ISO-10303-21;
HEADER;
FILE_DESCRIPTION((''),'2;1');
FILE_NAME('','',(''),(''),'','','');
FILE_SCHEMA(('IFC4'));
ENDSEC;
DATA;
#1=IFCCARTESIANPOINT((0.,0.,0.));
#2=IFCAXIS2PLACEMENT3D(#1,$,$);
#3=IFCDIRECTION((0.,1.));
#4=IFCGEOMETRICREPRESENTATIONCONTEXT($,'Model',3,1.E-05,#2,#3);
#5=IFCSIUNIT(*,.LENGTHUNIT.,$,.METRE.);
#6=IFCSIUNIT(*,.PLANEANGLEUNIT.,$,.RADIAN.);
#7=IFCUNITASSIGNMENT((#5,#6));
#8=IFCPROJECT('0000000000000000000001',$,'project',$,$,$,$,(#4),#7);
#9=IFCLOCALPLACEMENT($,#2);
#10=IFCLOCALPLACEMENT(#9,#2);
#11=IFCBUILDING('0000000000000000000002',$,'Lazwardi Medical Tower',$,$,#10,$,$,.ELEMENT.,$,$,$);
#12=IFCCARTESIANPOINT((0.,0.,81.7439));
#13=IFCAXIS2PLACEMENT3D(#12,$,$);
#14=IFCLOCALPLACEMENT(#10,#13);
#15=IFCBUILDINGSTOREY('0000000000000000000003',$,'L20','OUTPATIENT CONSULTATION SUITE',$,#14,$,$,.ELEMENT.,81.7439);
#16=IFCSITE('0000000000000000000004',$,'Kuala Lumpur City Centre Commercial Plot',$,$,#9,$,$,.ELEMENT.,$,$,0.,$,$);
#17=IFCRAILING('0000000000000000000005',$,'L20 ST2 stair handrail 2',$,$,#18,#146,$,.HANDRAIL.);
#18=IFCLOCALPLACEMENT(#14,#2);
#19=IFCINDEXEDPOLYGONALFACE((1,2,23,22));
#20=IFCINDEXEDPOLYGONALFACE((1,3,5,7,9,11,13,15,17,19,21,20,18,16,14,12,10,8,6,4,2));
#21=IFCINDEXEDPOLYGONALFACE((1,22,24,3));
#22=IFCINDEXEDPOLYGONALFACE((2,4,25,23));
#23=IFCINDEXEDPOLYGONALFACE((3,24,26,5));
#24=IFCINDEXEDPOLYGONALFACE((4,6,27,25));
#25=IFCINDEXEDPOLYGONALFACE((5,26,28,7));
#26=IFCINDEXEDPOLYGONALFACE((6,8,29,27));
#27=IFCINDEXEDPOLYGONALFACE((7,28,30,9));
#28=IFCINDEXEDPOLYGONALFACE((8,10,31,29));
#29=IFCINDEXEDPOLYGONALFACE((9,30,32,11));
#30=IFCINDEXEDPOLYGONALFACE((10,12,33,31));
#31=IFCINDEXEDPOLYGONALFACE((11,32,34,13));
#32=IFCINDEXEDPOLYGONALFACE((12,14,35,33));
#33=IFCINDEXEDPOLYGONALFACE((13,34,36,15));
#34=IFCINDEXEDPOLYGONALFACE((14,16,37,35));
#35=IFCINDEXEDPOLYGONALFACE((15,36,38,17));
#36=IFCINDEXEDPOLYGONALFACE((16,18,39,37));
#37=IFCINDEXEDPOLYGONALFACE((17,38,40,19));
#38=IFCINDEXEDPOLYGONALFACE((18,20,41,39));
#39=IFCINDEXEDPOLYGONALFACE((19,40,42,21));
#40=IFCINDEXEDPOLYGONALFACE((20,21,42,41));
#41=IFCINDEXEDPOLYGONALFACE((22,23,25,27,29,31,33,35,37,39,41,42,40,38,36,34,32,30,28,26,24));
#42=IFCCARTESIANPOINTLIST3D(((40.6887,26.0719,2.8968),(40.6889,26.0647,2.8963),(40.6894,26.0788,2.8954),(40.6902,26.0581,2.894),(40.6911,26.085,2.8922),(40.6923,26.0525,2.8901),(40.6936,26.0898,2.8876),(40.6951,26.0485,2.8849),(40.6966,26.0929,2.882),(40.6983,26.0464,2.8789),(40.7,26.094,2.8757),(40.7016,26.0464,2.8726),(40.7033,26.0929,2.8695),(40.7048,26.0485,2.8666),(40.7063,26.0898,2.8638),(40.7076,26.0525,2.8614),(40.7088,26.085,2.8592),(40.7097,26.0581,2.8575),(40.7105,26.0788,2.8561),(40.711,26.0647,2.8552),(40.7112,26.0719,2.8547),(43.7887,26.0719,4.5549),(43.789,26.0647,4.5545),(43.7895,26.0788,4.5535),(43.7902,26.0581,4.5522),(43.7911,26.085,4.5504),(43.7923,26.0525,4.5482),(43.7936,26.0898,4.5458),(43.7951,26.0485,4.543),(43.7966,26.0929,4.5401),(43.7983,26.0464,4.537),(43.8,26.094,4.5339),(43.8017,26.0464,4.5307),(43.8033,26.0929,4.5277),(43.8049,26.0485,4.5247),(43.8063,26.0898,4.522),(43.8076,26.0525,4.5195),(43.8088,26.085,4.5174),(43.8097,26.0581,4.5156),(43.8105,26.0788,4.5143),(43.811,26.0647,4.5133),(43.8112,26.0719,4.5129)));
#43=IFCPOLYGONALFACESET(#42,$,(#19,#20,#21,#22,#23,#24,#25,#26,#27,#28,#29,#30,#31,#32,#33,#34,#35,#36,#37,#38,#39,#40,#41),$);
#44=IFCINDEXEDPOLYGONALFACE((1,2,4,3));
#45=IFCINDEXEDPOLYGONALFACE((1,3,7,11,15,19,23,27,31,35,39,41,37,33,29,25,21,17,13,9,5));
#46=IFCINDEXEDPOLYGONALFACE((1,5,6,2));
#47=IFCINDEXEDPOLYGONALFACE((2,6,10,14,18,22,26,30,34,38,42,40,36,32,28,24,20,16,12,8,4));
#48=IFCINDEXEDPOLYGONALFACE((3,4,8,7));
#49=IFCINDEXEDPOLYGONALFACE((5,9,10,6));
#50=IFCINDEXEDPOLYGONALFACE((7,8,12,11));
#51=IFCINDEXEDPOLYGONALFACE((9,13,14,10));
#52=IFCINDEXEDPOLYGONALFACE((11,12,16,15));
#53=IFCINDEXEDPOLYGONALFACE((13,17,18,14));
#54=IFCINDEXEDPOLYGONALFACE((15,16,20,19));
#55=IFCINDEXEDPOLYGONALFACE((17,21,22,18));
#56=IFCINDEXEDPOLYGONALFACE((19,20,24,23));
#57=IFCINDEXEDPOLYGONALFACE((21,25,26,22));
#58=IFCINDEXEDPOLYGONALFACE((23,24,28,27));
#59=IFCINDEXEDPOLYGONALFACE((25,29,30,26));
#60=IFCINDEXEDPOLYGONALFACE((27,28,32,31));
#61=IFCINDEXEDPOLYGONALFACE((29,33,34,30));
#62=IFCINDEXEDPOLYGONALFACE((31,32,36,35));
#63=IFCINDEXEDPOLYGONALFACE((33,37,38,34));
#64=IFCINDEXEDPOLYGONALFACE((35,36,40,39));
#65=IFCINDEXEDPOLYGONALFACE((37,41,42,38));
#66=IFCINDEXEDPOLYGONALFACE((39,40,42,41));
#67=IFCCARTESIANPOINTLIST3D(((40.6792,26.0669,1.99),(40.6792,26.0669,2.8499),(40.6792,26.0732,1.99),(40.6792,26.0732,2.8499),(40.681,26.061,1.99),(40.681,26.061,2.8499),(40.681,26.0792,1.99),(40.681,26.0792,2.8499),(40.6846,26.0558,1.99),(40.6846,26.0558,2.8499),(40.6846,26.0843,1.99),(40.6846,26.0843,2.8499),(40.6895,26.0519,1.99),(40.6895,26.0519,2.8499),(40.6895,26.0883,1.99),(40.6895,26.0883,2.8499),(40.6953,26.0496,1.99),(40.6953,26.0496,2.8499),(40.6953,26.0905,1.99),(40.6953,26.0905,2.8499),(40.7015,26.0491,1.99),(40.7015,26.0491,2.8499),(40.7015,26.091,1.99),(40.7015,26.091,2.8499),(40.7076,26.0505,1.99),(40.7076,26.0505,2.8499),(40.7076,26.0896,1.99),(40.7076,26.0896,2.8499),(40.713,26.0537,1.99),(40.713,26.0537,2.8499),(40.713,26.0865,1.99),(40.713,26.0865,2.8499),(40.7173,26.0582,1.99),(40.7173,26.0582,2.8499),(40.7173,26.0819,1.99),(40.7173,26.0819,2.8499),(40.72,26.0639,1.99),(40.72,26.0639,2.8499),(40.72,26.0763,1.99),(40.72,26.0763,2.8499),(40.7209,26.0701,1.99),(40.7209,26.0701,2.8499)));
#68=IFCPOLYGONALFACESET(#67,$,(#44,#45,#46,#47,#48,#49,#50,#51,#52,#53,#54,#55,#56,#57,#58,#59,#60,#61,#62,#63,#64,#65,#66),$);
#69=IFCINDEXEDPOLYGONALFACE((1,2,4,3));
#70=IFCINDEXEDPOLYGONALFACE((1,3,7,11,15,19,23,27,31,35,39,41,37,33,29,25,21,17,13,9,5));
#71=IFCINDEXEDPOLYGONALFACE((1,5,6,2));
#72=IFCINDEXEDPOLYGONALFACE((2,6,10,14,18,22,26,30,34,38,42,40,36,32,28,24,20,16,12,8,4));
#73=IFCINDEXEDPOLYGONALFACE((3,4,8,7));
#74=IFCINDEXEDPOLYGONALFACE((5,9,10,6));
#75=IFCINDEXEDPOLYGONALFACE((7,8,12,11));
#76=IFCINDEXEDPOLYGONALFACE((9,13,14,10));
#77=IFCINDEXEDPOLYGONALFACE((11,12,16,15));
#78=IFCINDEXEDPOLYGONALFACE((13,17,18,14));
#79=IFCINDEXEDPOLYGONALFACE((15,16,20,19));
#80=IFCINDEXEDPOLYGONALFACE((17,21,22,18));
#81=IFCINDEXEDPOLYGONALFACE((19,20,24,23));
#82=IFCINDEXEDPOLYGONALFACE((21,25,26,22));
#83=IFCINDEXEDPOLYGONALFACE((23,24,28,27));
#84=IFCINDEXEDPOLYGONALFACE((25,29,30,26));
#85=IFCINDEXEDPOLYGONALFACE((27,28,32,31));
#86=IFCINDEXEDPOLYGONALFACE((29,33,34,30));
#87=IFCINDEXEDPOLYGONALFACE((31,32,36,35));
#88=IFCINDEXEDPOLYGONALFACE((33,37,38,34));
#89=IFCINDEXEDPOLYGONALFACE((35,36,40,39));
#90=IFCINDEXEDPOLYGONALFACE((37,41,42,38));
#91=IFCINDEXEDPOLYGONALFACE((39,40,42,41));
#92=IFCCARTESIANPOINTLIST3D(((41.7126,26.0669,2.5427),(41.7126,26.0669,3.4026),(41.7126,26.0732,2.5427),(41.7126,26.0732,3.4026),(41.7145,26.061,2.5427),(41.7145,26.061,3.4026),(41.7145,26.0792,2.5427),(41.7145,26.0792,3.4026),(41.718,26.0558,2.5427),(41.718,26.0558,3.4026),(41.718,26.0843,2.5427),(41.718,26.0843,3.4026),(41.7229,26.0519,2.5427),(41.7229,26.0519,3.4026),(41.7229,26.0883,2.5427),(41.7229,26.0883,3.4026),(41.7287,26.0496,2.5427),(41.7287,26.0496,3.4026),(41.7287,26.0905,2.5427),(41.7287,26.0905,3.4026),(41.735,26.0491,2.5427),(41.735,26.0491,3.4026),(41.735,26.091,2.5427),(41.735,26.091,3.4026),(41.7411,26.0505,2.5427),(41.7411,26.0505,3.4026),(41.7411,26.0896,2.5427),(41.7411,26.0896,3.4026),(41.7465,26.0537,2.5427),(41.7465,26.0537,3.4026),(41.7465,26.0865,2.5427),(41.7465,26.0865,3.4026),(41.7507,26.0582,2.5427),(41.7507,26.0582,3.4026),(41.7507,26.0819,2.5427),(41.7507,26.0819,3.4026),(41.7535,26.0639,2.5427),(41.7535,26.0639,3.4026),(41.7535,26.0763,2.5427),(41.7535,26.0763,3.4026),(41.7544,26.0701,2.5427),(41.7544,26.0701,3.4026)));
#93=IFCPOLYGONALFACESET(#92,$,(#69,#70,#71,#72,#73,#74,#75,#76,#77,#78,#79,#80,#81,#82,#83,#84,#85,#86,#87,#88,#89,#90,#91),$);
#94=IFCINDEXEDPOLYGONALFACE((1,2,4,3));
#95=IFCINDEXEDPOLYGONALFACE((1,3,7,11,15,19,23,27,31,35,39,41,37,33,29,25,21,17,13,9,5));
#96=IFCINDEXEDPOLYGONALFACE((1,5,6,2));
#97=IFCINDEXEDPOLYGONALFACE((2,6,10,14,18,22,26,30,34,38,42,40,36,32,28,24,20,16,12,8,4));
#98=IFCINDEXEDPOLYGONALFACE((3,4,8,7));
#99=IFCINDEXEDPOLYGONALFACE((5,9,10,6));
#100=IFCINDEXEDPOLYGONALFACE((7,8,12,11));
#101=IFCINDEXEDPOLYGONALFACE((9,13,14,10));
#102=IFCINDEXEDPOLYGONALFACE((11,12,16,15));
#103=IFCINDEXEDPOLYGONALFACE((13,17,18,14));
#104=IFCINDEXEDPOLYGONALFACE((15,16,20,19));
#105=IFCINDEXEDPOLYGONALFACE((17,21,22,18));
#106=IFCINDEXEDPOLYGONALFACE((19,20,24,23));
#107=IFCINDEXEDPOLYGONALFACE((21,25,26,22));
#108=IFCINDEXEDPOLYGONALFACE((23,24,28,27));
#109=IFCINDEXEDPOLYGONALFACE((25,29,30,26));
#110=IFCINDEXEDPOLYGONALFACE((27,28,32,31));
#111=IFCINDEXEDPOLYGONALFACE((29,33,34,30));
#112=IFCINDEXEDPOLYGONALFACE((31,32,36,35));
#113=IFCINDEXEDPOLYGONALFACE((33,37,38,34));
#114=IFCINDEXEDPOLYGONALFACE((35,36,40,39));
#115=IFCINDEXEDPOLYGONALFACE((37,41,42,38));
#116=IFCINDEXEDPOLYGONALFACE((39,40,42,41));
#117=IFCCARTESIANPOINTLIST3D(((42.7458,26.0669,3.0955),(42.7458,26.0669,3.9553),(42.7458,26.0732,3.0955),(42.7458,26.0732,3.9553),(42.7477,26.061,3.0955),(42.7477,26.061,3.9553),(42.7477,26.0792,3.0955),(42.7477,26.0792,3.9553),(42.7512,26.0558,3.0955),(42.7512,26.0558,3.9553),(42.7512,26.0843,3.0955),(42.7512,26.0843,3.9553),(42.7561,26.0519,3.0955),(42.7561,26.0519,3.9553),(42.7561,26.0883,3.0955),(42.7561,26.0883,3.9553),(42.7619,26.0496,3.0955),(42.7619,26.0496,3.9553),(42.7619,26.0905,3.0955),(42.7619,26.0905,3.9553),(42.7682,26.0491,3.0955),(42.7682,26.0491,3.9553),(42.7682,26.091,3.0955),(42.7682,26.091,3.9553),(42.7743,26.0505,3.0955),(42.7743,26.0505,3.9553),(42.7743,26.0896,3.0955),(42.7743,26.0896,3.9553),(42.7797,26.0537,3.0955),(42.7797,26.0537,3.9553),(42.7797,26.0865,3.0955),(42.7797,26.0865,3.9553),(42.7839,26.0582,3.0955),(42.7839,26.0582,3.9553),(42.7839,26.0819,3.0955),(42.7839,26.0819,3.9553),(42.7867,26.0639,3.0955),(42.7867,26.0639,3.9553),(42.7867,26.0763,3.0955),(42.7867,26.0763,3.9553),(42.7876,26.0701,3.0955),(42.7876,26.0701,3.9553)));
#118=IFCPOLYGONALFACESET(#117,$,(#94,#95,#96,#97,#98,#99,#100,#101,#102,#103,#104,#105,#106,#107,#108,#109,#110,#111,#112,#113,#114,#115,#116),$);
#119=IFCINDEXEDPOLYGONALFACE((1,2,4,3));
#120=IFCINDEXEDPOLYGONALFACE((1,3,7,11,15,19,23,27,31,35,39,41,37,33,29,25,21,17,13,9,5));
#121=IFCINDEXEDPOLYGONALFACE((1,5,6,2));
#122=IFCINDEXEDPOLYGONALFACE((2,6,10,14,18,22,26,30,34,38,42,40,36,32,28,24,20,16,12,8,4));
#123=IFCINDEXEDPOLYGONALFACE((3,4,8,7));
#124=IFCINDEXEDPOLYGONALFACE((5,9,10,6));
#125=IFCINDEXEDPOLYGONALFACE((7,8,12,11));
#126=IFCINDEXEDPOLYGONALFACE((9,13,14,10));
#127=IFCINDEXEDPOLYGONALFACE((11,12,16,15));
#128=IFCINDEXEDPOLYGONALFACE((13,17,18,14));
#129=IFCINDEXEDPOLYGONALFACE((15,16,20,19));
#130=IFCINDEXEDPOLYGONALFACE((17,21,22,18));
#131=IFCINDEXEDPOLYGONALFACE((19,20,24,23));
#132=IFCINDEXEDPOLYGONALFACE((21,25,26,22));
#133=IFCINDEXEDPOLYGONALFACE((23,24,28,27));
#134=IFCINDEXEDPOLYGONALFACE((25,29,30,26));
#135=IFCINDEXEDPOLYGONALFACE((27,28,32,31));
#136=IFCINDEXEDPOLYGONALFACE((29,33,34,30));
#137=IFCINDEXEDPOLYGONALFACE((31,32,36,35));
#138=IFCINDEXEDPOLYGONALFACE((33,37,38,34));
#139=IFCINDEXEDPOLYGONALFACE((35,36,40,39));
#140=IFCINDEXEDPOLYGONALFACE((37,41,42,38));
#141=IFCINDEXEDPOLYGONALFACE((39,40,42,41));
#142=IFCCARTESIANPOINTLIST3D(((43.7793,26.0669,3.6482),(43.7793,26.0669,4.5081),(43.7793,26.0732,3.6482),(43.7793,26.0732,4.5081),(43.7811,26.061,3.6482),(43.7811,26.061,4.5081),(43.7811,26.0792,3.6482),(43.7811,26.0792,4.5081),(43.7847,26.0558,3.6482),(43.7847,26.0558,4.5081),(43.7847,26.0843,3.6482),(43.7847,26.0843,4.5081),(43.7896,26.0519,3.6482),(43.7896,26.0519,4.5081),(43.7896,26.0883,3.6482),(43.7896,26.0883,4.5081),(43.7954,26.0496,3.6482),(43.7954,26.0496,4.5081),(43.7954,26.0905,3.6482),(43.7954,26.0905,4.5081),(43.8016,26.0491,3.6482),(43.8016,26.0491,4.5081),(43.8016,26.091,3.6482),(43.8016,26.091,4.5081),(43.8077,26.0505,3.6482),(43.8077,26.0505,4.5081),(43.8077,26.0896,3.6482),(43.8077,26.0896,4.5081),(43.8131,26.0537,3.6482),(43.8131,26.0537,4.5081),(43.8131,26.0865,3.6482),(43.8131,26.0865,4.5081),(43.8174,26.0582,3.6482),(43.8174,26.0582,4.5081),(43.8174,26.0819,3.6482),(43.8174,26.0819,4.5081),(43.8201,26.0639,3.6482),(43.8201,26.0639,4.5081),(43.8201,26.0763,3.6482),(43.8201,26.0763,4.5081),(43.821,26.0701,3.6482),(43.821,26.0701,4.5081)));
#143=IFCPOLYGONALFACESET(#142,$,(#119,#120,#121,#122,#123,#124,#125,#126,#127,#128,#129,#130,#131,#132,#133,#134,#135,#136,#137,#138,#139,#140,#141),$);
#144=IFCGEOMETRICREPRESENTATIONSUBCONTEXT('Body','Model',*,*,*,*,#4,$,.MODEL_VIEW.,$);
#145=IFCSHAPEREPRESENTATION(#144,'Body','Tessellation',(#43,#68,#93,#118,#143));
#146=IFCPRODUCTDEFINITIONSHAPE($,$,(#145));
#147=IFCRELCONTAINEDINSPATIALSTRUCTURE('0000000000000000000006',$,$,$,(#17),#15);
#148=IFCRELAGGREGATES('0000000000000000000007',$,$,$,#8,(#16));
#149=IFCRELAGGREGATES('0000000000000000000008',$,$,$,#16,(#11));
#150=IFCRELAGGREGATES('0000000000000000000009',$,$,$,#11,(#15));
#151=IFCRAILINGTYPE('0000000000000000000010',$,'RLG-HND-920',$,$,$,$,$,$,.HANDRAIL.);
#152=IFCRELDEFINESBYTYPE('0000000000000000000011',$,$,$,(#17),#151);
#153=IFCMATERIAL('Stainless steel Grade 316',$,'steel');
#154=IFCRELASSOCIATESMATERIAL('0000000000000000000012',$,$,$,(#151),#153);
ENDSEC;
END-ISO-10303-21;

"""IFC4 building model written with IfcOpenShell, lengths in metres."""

from ifc_helpers import new_model, si_unit, direction, frame, origin, origin_2d, place, context, subcontext, project, spatial, circle, extrude, material, type_object, element, save


model = new_model("IFC4")

# Units and contexts
model_context = context("Model", 3, precision=1e-05, world=origin(), true_north=direction((0.0, 1.0)))
body_context = subcontext(model_context, "Body", "Model", "MODEL_VIEW")
ifc_project = project(units=[si_unit("LENGTHUNIT", "METRE"), si_unit("PLANEANGLEUNIT", "RADIAN")], contexts=[model_context])

# Site, building, storey
site_placement = place(None, origin())
site = spatial("IfcSite", under=ifc_project, at=site_placement, Name="Kuala Lumpur City Centre Commercial Plot", CompositionType="ELEMENT", RefElevation=0.0)
building_placement = place(site_placement, origin())
building = spatial("IfcBuilding", under=site, at=building_placement, Name="Lazwardi Medical Tower", CompositionType="ELEMENT")
storey_placement = place(building_placement, frame((0.0, 0.0, 81.7439)))
storey = spatial("IfcBuildingStorey", under=building, at=storey_placement, Name="L20", Description="OUTPATIENT CONSULTATION SUITE", CompositionType="ELEMENT", Elevation=81.7439)

# Railing
ifc_material_1 = material(Name="Stainless steel Grade 316", Category="steel")
railing_type_1 = type_object("IfcRailingType", Name="RLG-HND-920", PredefinedType="HANDRAIL", material=ifc_material_1)
railing_1_placement = place(storey_placement, frame((40.7, 26.0701, 1.99)))
element("IfcRailing", 1, at=railing_1_placement, inside=storey, type_object=railing_type_1, Name="L20 ST2 stair handrail 2", PredefinedType="HANDRAIL", context=body_context, shape_type="SweptSolid", body=[
    extrude(circle(Radius=0.0239, at=origin_2d()), frame((0.0, 0.0, 0.8857), z_axis=(0.881783, 0.0, 0.471655), x_axis=(0.0, 1.0, 0.0)), (0.0, 0.0, 1.0), 3.5156),
    extrude(circle(Radius=0.021, at=origin_2d()), origin(), (0.0, 0.0, 1.0), 0.8599),
    extrude(circle(Radius=0.021, at=origin_2d()), frame((1.0334, 0.0, 0.5527)), (0.0, 0.0, 1.0), 0.8599),
    extrude(circle(Radius=0.021, at=origin_2d()), frame((2.0667, 0.0, 1.1055)), (0.0, 0.0, 1.0), 0.8599),
    extrude(circle(Radius=0.021, at=origin_2d()), frame((3.1001, 0.0, 1.6582)), (0.0, 0.0, 1.0), 0.8599),
])

save(model, "model.ifc")
